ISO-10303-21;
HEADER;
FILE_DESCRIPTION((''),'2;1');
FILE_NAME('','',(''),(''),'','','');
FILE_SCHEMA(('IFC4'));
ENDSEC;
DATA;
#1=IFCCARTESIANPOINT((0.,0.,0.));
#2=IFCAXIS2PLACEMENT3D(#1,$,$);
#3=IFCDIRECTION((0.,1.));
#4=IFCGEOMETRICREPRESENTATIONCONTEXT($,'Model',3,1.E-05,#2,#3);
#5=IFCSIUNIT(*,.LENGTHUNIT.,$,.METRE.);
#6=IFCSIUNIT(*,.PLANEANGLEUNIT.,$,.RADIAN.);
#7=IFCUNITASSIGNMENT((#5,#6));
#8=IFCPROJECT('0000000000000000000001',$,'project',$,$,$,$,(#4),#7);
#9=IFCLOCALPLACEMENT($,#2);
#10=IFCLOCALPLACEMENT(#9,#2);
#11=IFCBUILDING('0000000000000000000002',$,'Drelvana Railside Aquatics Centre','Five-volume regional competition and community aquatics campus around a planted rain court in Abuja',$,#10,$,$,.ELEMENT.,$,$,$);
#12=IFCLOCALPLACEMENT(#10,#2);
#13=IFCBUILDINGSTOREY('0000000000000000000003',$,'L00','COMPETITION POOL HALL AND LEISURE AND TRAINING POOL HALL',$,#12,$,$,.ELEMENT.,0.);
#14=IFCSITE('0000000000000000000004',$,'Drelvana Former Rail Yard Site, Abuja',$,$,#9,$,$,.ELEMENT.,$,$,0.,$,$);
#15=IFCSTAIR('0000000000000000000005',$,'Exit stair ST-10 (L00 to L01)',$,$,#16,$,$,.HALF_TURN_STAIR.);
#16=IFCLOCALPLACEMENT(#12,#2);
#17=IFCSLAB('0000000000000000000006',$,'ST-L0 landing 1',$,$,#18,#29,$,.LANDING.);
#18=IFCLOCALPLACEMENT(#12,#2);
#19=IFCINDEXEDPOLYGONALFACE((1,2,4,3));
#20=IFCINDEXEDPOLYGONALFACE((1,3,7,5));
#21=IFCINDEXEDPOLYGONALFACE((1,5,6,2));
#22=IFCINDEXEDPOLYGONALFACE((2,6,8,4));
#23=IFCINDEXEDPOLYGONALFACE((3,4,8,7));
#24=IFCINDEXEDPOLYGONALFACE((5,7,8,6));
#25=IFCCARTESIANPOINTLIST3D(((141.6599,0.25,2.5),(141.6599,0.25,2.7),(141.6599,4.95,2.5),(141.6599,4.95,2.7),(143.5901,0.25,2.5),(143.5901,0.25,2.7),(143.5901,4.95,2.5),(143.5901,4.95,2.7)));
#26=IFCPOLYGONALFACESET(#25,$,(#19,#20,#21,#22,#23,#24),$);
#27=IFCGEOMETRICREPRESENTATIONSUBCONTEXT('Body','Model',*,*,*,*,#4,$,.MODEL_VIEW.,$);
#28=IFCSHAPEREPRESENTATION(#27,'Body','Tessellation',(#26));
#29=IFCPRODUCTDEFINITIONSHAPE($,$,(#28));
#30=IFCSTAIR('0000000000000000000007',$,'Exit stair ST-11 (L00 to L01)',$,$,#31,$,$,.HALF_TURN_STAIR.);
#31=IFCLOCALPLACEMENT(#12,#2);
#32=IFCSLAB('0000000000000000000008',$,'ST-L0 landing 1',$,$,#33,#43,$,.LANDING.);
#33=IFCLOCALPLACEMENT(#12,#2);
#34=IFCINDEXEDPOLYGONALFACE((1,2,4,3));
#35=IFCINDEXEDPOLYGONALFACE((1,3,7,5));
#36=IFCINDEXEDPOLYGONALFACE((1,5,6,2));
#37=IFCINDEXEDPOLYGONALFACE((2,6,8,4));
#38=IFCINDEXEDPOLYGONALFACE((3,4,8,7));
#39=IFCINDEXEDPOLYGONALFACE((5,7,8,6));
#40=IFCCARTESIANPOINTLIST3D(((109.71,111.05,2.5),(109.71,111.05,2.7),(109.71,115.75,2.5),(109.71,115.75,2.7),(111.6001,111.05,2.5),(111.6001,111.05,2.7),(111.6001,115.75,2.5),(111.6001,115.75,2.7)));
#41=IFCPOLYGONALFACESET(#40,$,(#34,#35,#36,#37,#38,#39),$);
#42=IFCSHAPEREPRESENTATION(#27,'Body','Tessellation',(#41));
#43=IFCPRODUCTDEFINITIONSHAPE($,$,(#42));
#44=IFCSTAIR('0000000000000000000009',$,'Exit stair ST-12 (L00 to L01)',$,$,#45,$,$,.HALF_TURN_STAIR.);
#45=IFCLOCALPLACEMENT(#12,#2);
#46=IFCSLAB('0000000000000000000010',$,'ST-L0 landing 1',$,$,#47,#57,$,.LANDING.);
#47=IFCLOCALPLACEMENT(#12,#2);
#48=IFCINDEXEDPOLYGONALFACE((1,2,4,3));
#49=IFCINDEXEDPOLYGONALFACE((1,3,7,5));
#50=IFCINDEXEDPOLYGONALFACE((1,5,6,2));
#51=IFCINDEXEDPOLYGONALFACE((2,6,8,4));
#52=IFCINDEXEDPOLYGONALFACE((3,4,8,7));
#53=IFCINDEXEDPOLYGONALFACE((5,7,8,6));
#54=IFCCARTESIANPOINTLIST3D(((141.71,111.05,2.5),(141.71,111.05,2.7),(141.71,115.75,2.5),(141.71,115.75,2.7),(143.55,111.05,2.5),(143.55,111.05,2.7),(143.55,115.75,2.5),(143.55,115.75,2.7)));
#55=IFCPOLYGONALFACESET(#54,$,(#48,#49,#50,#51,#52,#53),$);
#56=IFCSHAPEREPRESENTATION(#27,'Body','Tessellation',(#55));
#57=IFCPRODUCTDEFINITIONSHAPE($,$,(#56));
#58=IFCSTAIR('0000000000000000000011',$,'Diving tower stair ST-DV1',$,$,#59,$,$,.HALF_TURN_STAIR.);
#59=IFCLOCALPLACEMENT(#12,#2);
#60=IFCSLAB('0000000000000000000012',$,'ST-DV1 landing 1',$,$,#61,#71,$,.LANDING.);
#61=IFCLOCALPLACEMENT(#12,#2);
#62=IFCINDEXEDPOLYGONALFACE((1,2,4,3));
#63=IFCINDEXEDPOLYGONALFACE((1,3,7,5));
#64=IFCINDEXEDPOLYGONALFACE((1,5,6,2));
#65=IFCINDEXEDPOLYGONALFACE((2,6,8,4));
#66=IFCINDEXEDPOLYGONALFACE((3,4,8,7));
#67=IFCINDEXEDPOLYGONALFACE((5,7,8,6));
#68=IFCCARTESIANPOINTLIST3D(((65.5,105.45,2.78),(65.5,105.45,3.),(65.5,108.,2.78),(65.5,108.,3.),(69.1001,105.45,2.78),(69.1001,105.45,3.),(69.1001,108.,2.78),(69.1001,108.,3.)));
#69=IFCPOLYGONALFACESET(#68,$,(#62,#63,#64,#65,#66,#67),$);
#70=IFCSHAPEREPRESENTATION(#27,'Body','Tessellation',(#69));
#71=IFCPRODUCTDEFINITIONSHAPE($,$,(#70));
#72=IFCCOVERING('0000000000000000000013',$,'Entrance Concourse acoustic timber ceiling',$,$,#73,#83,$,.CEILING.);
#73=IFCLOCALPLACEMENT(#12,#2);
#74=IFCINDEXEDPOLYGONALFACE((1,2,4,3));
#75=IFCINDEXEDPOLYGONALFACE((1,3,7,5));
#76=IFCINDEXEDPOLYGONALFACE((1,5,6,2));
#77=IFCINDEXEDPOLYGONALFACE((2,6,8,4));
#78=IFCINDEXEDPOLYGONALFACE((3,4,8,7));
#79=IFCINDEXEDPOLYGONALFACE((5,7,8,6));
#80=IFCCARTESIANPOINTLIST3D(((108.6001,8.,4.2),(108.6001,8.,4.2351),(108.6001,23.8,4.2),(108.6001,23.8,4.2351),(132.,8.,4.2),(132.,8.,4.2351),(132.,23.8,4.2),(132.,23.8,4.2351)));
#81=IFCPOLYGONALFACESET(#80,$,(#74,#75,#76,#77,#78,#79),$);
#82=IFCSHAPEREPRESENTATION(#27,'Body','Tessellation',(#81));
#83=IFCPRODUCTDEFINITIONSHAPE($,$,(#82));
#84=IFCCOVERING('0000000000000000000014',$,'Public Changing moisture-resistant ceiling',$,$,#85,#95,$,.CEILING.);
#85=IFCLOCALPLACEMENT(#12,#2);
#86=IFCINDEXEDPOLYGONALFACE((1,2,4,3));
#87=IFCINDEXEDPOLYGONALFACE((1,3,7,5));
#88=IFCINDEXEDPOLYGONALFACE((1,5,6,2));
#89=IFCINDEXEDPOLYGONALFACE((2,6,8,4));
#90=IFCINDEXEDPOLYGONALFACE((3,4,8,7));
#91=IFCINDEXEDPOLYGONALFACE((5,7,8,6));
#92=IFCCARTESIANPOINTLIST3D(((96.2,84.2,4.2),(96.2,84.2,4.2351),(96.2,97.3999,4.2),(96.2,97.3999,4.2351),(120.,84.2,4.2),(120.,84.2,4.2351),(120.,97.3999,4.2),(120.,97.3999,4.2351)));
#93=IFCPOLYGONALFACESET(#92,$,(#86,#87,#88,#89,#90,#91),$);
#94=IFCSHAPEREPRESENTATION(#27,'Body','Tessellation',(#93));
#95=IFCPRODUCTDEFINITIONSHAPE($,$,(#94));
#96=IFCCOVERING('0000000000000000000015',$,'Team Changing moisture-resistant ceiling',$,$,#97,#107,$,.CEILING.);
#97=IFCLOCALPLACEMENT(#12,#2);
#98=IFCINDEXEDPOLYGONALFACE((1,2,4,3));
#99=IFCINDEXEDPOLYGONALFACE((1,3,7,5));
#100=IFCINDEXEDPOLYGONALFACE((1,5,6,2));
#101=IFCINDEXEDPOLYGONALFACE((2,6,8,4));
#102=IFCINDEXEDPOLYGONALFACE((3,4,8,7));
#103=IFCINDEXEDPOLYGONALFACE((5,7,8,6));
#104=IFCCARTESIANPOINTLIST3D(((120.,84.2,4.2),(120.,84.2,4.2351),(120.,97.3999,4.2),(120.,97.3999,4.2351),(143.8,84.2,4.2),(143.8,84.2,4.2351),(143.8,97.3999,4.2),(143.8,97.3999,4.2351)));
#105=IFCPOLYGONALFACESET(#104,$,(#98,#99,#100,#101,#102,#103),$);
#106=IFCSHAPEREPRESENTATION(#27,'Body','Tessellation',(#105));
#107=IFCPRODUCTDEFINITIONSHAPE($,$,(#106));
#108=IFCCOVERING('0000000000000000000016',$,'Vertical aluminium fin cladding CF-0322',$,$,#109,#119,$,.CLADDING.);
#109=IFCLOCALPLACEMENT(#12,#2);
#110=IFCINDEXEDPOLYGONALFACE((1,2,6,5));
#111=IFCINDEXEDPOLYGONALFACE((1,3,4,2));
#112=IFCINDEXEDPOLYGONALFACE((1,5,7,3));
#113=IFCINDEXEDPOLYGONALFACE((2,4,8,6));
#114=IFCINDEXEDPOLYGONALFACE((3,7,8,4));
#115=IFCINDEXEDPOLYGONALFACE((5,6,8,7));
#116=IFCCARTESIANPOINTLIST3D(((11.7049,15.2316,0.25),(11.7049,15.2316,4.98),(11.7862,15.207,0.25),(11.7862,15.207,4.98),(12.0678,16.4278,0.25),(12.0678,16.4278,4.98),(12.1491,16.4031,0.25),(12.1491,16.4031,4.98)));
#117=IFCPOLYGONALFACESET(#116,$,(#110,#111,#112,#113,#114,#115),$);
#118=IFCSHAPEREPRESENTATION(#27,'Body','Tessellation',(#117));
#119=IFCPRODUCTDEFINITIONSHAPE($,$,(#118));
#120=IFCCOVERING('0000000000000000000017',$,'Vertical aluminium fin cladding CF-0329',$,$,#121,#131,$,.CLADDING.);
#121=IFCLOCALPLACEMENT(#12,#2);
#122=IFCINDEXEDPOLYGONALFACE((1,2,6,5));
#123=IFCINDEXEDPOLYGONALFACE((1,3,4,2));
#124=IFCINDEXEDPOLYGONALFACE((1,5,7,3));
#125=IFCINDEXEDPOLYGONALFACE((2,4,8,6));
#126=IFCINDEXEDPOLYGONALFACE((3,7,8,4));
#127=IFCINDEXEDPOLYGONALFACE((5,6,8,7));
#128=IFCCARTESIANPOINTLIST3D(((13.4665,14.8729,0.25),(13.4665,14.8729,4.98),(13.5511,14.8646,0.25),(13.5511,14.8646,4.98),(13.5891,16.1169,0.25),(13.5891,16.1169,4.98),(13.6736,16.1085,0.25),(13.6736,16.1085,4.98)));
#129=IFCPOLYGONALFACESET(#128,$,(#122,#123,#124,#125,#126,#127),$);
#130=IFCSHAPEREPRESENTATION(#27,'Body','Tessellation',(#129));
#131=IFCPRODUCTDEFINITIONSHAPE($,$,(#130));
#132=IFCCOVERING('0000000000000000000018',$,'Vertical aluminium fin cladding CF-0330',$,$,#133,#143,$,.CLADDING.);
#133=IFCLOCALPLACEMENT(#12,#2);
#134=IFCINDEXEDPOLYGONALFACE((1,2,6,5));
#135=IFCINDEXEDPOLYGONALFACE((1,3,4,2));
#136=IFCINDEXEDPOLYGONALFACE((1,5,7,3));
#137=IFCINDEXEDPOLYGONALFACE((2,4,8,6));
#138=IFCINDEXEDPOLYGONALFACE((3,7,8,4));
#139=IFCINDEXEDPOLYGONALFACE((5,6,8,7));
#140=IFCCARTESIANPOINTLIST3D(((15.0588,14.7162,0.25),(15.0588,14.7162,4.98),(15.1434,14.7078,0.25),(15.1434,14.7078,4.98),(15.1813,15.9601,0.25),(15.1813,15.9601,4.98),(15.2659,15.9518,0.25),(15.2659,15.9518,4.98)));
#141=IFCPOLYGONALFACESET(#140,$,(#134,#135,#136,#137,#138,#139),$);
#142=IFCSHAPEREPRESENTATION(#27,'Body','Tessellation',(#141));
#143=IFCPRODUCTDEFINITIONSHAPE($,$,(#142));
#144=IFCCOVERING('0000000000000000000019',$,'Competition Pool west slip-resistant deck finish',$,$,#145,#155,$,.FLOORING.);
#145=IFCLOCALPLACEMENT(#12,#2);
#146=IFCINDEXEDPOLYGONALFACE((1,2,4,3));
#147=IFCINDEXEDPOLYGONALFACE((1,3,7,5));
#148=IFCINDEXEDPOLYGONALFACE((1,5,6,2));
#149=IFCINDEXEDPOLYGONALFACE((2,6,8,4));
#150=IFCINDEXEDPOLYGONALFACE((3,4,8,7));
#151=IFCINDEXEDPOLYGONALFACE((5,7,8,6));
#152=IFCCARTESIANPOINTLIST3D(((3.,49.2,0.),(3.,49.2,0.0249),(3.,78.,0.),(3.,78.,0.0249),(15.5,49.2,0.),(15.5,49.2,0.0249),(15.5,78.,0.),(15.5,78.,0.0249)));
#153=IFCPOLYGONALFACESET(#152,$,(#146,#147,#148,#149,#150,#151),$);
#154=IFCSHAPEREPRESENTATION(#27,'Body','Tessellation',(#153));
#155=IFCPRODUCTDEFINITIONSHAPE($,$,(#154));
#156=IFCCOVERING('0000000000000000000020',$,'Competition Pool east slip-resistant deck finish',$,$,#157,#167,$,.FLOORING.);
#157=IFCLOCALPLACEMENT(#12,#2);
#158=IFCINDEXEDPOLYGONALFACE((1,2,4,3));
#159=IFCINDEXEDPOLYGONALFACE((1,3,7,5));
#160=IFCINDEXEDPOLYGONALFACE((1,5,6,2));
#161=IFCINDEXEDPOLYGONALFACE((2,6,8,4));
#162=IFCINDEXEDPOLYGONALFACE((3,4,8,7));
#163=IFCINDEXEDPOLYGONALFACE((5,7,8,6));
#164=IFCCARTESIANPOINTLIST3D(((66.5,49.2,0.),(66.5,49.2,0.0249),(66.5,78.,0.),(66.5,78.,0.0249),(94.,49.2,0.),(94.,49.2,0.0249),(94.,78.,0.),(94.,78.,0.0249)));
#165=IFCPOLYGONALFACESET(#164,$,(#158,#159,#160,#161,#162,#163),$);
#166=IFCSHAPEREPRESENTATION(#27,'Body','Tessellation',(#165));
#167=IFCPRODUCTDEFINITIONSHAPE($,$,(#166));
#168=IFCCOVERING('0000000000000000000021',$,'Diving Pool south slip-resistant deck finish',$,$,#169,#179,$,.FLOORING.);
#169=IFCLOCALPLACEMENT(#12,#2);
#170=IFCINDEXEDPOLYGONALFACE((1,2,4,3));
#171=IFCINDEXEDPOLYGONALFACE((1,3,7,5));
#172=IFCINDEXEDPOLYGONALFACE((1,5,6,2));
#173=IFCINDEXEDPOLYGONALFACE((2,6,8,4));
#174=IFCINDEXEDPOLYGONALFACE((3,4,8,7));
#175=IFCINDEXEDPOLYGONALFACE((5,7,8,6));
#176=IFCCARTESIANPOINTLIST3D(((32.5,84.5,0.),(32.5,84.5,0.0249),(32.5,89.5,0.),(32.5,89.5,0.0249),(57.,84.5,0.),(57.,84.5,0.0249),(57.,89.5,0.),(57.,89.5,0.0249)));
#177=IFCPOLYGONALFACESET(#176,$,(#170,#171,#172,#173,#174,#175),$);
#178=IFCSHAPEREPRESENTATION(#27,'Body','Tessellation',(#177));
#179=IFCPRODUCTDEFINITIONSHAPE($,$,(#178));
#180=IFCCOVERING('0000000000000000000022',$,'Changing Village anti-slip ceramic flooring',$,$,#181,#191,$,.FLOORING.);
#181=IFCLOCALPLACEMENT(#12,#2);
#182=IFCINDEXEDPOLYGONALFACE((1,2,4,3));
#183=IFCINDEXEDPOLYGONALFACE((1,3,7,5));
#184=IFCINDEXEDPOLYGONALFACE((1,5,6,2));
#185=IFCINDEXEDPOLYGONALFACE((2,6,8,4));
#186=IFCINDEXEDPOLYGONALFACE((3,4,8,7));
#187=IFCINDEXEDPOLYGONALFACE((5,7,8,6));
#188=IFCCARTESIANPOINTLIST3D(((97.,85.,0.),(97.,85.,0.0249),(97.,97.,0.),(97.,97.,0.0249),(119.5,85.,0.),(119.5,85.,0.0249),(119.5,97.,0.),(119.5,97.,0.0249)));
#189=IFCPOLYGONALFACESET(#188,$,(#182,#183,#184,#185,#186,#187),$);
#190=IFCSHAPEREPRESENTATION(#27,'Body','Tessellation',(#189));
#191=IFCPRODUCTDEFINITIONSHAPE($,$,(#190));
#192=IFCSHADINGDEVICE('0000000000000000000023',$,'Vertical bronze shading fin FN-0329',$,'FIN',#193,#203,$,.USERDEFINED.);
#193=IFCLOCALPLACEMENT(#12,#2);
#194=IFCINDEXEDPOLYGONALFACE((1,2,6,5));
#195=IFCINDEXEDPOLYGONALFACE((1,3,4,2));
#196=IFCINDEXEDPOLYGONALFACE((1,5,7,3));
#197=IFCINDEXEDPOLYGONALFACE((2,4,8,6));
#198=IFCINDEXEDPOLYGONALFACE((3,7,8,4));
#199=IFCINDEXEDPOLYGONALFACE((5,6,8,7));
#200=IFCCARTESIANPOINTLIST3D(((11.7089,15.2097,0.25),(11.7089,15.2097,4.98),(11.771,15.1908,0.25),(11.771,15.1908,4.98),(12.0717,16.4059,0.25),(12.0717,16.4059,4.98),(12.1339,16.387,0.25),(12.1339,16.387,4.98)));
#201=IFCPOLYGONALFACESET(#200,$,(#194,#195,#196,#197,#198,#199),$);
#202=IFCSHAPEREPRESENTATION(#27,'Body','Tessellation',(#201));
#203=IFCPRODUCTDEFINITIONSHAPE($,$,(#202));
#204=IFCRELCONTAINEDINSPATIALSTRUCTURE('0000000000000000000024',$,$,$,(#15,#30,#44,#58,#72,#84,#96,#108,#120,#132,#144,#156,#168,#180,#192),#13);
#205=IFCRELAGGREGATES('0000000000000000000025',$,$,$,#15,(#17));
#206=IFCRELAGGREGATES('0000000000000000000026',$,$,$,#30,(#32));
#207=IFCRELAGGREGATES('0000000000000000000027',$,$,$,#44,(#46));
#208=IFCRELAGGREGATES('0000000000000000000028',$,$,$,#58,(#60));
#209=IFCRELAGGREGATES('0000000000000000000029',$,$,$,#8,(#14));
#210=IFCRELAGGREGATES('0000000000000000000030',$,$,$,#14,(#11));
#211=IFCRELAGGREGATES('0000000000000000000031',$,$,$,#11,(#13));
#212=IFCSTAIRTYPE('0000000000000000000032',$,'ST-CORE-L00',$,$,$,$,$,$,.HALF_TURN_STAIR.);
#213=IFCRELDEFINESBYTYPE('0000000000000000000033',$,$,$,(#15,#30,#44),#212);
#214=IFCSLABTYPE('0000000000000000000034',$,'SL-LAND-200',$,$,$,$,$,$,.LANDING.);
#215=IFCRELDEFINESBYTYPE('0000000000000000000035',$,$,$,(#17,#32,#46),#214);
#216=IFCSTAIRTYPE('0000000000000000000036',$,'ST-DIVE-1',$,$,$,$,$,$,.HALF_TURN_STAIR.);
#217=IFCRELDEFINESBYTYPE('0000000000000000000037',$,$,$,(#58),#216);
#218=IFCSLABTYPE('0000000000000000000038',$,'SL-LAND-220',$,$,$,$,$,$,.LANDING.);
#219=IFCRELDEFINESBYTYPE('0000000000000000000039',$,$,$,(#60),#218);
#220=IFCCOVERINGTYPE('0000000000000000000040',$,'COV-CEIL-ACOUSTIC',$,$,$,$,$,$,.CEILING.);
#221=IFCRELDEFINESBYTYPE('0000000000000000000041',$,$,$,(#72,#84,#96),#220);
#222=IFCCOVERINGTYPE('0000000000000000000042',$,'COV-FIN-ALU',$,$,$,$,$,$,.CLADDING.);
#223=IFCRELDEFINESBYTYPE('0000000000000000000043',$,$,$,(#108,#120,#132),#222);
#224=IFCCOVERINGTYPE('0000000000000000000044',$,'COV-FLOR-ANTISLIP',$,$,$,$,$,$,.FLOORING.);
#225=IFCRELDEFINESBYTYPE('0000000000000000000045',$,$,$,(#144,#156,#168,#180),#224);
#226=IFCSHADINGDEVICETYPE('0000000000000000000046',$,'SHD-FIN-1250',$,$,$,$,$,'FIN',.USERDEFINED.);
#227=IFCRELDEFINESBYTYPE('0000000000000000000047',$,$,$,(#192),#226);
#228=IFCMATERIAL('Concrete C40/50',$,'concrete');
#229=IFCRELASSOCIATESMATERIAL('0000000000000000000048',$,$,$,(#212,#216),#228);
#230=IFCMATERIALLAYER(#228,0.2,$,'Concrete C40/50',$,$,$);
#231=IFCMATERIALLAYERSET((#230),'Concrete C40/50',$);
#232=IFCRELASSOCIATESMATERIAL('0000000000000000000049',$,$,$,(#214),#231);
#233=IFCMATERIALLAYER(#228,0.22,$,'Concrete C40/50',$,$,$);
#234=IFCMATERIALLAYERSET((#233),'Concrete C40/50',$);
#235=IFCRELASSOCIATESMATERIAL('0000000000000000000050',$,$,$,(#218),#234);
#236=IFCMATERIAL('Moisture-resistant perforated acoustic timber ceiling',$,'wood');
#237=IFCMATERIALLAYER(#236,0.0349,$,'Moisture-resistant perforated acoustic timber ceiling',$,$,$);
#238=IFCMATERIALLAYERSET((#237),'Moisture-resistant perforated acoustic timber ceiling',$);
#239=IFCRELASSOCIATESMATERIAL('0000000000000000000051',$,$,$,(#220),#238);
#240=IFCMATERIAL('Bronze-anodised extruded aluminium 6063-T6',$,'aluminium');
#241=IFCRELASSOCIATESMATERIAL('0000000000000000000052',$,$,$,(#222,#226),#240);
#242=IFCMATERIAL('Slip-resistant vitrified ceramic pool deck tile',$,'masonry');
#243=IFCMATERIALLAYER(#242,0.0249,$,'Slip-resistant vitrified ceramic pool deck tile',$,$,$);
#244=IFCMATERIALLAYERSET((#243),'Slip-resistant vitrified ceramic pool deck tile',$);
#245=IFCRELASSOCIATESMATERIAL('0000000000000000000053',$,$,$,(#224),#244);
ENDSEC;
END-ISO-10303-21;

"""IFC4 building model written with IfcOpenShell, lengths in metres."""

from ifc_helpers import new_model, si_unit, direction, frame, origin, origin_2d, place, context, subcontext, project, spatial, polyline, rectangle, outline, extrude, material, layer, layer_set, type_object, element, aggregate, save


model = new_model("IFC4")

# Units and contexts
model_context = context("Model", 3, precision=1e-05, world=origin(), true_north=direction((0.0, 1.0)))
body_context = subcontext(model_context, "Body", "Model", "MODEL_VIEW")
ifc_project = project(units=[si_unit("LENGTHUNIT", "METRE"), si_unit("PLANEANGLEUNIT", "RADIAN")], contexts=[model_context])

# Site, building, storey
site_placement = place(None, origin())
site = spatial("IfcSite", under=ifc_project, at=site_placement, Name="Drelvana Former Rail Yard Site, Abuja", CompositionType="ELEMENT", RefElevation=0.0)
building_placement = place(site_placement, origin())
building = spatial("IfcBuilding", under=site, at=building_placement, Name="Drelvana Railside Aquatics Centre", Description="Five-volume regional competition and community aquatics campus around a planted rain court in Abuja", CompositionType="ELEMENT")
storey_placement = place(building_placement, origin())
storey = spatial("IfcBuildingStorey", under=building, at=storey_placement, Name="L00", Description="COMPETITION POOL HALL AND LEISURE AND TRAINING POOL HALL", CompositionType="ELEMENT", Elevation=0.0)

# Shared definitions
ifc_material_1 = material(Name="Concrete C40/50", Category="concrete")
stair_type_1 = type_object("IfcStairType", Name="ST-CORE-L00", PredefinedType="HALF_TURN_STAIR", material=ifc_material_1)
ifc_layer_1 = layer(ifc_material_1, 0.2, Name="Concrete C40/50")
ifc_layer_set_1 = layer_set([ifc_layer_1], Name="Concrete C40/50")
slab_type_1 = type_object("IfcSlabType", Name="SL-LAND-200", PredefinedType="LANDING", material=ifc_layer_set_1)

# Stairs, slabs
stair_1_placement = place(storey_placement, origin())
stair_1 = element("IfcStair", 1, at=stair_1_placement, inside=storey, type_object=stair_type_1, Name="Exit stair ST-10 (L00 to L01)", PredefinedType="HALF_TURN_STAIR")
slab_1_placement = place(storey_placement, frame((0.0, 0.0, 2.5)))
slab_1 = element("IfcSlab", 2, at=slab_1_placement, type_object=slab_type_1, Name="ST-L0 landing 1", PredefinedType="LANDING", context=body_context, shape_type="SweptSolid", body=[
    extrude(outline(polyline([(141.6599, 0.25), (143.5901, 0.25), (143.5901, 4.95), (141.6599, 4.95), (141.6599, 0.25)])), origin(), (0.0, 0.0, 1.0), 0.2),
])
aggregate(stair_1, [slab_1])
stair_2_placement = place(storey_placement, origin())
stair_2 = element("IfcStair", 3, at=stair_2_placement, inside=storey, type_object=stair_type_1, Name="Exit stair ST-11 (L00 to L01)", PredefinedType="HALF_TURN_STAIR")
slab_2_placement = place(storey_placement, frame((0.0, 0.0, 2.5)))
slab_2 = element("IfcSlab", 4, at=slab_2_placement, type_object=slab_type_1, Name="ST-L0 landing 1", PredefinedType="LANDING", context=body_context, shape_type="SweptSolid", body=[
    extrude(outline(polyline([(109.71, 111.05), (111.6001, 111.05), (111.6001, 115.75), (109.71, 115.75), (109.71, 111.05)])), origin(), (0.0, 0.0, 1.0), 0.2),
])
aggregate(stair_2, [slab_2])
stair_3_placement = place(storey_placement, origin())
stair_3 = element("IfcStair", 5, at=stair_3_placement, inside=storey, type_object=stair_type_1, Name="Exit stair ST-12 (L00 to L01)", PredefinedType="HALF_TURN_STAIR")
slab_3_placement = place(storey_placement, frame((0.0, 0.0, 2.5)))
slab_3 = element("IfcSlab", 6, at=slab_3_placement, type_object=slab_type_1, Name="ST-L0 landing 1", PredefinedType="LANDING", context=body_context, shape_type="SweptSolid", body=[
    extrude(outline(polyline([(141.71, 111.05), (143.55, 111.05), (143.55, 115.75), (141.71, 115.75), (141.71, 111.05)])), origin(), (0.0, 0.0, 1.0), 0.2),
])
aggregate(stair_3, [slab_3])
stair_type_2 = type_object("IfcStairType", Name="ST-DIVE-1", PredefinedType="HALF_TURN_STAIR", material=ifc_material_1)
stair_4_placement = place(storey_placement, origin())
stair_4 = element("IfcStair", 7, at=stair_4_placement, inside=storey, type_object=stair_type_2, Name="Diving tower stair ST-DV1", PredefinedType="HALF_TURN_STAIR")
ifc_layer_2 = layer(ifc_material_1, 0.22, Name="Concrete C40/50")
ifc_layer_set_2 = layer_set([ifc_layer_2], Name="Concrete C40/50")
slab_type_2 = type_object("IfcSlabType", Name="SL-LAND-220", PredefinedType="LANDING", material=ifc_layer_set_2)
slab_4_placement = place(storey_placement, frame((0.0, 0.0, 2.78)))
slab_4 = element("IfcSlab", 8, at=slab_4_placement, type_object=slab_type_2, Name="ST-DV1 landing 1", PredefinedType="LANDING", context=body_context, shape_type="SweptSolid", body=[
    extrude(outline(polyline([(65.5, 105.45), (69.1001, 105.45), (69.1001, 108.0), (65.5, 108.0), (65.5, 105.45)])), origin(), (0.0, 0.0, 1.0), 0.22),
])
aggregate(stair_4, [slab_4])

# Coverings
ifc_material_2 = material(Name="Moisture-resistant perforated acoustic timber ceiling", Category="wood")
ifc_layer_3 = layer(ifc_material_2, 0.0349, Name="Moisture-resistant perforated acoustic timber ceiling")
ifc_layer_set_3 = layer_set([ifc_layer_3], Name="Moisture-resistant perforated acoustic timber ceiling")
covering_type_1 = type_object("IfcCoveringType", Name="COV-CEIL-ACOUSTIC", PredefinedType="CEILING", material=ifc_layer_set_3)
covering_1_placement = place(storey_placement, frame((0.0, 0.0, 4.2)))
element("IfcCovering", 9, at=covering_1_placement, inside=storey, type_object=covering_type_1, Name="Entrance Concourse acoustic timber ceiling", PredefinedType="CEILING", context=body_context, shape_type="SweptSolid", body=[
    extrude(outline(polyline([(108.6001, 8.0), (132.0, 8.0), (132.0, 23.8), (108.6001, 23.8), (108.6001, 8.0)])), origin(), (0.0, 0.0, 1.0), 0.0352),
])
covering_2_placement = place(storey_placement, frame((0.0, 0.0, 4.2)))
element("IfcCovering", 10, at=covering_2_placement, inside=storey, type_object=covering_type_1, Name="Public Changing moisture-resistant ceiling", PredefinedType="CEILING", context=body_context, shape_type="SweptSolid", body=[
    extrude(outline(polyline([(96.2, 84.2), (120.0, 84.2), (120.0, 97.3999), (96.2, 97.3999), (96.2, 84.2)])), origin(), (0.0, 0.0, 1.0), 0.0352),
])
covering_3_placement = place(storey_placement, frame((0.0, 0.0, 4.2)))
element("IfcCovering", 11, at=covering_3_placement, inside=storey, type_object=covering_type_1, Name="Team Changing moisture-resistant ceiling", PredefinedType="CEILING", context=body_context, shape_type="SweptSolid", body=[
    extrude(outline(polyline([(120.0, 84.2), (143.8, 84.2), (143.8, 97.3999), (120.0, 97.3999), (120.0, 84.2)])), origin(), (0.0, 0.0, 1.0), 0.0352),
])
ifc_material_3 = material(Name="Bronze-anodised extruded aluminium 6063-T6", Category="aluminium")
covering_type_2 = type_object("IfcCoveringType", Name="COV-FIN-ALU", PredefinedType="CLADDING", material=ifc_material_3)
for number, where, z_axis, x_axis, name in (
    (12, (11.927, 15.8174, 0.25), (0.0, 0.0, 1.0), (-0.95694, 0.290285, 0.0), "Vertical aluminium fin cladding CF-0322"),
    (13, (13.5701, 15.4907, 0.25), (0.0, 0.0, 1.0), (-0.995185, 0.098017, 0.0), "Vertical aluminium fin cladding CF-0329"),
    (14, (15.1624, 15.334, 0.25), (0.0, 0.0, 1.0), (-0.995185, 0.098017, 0.0), "Vertical aluminium fin cladding CF-0330"),
):
    element("IfcCovering", number, at=place(storey_placement, frame(where, z_axis=z_axis, x_axis=x_axis)), inside=storey, type_object=covering_type_2, Name=name, PredefinedType="CLADDING", context=body_context, shape_type="SweptSolid", body=[
        extrude(rectangle(XDim=0.085, YDim=1.25, at=origin_2d()), origin(), (0.0, 0.0, 1.0), 4.73),
    ])
ifc_material_4 = material(Name="Slip-resistant vitrified ceramic pool deck tile", Category="masonry")
ifc_layer_4 = layer(ifc_material_4, 0.0249, Name="Slip-resistant vitrified ceramic pool deck tile")
ifc_layer_set_4 = layer_set([ifc_layer_4], Name="Slip-resistant vitrified ceramic pool deck tile")
covering_type_3 = type_object("IfcCoveringType", Name="COV-FLOR-ANTISLIP", PredefinedType="FLOORING", material=ifc_layer_set_4)
covering_4_placement = place(storey_placement, origin())
element("IfcCovering", 15, at=covering_4_placement, inside=storey, type_object=covering_type_3, Name="Competition Pool west slip-resistant deck finish", PredefinedType="FLOORING", context=body_context, shape_type="SweptSolid", body=[
    extrude(outline(polyline([(3.0, 49.2), (15.5, 49.2), (15.5, 78.0), (3.0, 78.0), (3.0, 49.2)])), origin(), (0.0, 0.0, 1.0), 0.0249),
])
covering_5_placement = place(storey_placement, origin())
element("IfcCovering", 16, at=covering_5_placement, inside=storey, type_object=covering_type_3, Name="Competition Pool east slip-resistant deck finish", PredefinedType="FLOORING", context=body_context, shape_type="SweptSolid", body=[
    extrude(outline(polyline([(66.5, 49.2), (94.0, 49.2), (94.0, 78.0), (66.5, 78.0), (66.5, 49.2)])), origin(), (0.0, 0.0, 1.0), 0.0249),
])
covering_6_placement = place(storey_placement, origin())
element("IfcCovering", 17, at=covering_6_placement, inside=storey, type_object=covering_type_3, Name="Diving Pool south slip-resistant deck finish", PredefinedType="FLOORING", context=body_context, shape_type="SweptSolid", body=[
    extrude(outline(polyline([(32.5, 84.5), (57.0, 84.5), (57.0, 89.5), (32.5, 89.5), (32.5, 84.5)])), origin(), (0.0, 0.0, 1.0), 0.0249),
])
covering_7_placement = place(storey_placement, origin())
element("IfcCovering", 18, at=covering_7_placement, inside=storey, type_object=covering_type_3, Name="Changing Village anti-slip ceramic flooring", PredefinedType="FLOORING", context=body_context, shape_type="SweptSolid", body=[
    extrude(outline(polyline([(97.0, 85.0), (119.5, 85.0), (119.5, 97.0), (97.0, 97.0), (97.0, 85.0)])), origin(), (0.0, 0.0, 1.0), 0.0249),
])

# Shading device
shading_device_type = type_object("IfcShadingDeviceType", Name="SHD-FIN-1250", ElementType="FIN", PredefinedType="USERDEFINED", material=ifc_material_3)
for number, where, z_axis, x_axis, name in (
    (19, (11.9214, 15.7983, 0.25), (0.0, 0.0, 1.0), (-0.290285, -0.95694, 0.0), "Vertical bronze shading fin FN-0329"),
):
    element("IfcShadingDevice", number, at=place(storey_placement, frame(where, z_axis=z_axis, x_axis=x_axis)), inside=storey, type_object=shading_device_type, Name=name, ObjectType="FIN", PredefinedType="USERDEFINED", context=body_context, shape_type="SweptSolid", body=[
        extrude(rectangle(XDim=1.25, YDim=0.0649, at=origin_2d()), origin(), (0.0, 0.0, 1.0), 4.73),
    ])

save(model, "model.ifc")
